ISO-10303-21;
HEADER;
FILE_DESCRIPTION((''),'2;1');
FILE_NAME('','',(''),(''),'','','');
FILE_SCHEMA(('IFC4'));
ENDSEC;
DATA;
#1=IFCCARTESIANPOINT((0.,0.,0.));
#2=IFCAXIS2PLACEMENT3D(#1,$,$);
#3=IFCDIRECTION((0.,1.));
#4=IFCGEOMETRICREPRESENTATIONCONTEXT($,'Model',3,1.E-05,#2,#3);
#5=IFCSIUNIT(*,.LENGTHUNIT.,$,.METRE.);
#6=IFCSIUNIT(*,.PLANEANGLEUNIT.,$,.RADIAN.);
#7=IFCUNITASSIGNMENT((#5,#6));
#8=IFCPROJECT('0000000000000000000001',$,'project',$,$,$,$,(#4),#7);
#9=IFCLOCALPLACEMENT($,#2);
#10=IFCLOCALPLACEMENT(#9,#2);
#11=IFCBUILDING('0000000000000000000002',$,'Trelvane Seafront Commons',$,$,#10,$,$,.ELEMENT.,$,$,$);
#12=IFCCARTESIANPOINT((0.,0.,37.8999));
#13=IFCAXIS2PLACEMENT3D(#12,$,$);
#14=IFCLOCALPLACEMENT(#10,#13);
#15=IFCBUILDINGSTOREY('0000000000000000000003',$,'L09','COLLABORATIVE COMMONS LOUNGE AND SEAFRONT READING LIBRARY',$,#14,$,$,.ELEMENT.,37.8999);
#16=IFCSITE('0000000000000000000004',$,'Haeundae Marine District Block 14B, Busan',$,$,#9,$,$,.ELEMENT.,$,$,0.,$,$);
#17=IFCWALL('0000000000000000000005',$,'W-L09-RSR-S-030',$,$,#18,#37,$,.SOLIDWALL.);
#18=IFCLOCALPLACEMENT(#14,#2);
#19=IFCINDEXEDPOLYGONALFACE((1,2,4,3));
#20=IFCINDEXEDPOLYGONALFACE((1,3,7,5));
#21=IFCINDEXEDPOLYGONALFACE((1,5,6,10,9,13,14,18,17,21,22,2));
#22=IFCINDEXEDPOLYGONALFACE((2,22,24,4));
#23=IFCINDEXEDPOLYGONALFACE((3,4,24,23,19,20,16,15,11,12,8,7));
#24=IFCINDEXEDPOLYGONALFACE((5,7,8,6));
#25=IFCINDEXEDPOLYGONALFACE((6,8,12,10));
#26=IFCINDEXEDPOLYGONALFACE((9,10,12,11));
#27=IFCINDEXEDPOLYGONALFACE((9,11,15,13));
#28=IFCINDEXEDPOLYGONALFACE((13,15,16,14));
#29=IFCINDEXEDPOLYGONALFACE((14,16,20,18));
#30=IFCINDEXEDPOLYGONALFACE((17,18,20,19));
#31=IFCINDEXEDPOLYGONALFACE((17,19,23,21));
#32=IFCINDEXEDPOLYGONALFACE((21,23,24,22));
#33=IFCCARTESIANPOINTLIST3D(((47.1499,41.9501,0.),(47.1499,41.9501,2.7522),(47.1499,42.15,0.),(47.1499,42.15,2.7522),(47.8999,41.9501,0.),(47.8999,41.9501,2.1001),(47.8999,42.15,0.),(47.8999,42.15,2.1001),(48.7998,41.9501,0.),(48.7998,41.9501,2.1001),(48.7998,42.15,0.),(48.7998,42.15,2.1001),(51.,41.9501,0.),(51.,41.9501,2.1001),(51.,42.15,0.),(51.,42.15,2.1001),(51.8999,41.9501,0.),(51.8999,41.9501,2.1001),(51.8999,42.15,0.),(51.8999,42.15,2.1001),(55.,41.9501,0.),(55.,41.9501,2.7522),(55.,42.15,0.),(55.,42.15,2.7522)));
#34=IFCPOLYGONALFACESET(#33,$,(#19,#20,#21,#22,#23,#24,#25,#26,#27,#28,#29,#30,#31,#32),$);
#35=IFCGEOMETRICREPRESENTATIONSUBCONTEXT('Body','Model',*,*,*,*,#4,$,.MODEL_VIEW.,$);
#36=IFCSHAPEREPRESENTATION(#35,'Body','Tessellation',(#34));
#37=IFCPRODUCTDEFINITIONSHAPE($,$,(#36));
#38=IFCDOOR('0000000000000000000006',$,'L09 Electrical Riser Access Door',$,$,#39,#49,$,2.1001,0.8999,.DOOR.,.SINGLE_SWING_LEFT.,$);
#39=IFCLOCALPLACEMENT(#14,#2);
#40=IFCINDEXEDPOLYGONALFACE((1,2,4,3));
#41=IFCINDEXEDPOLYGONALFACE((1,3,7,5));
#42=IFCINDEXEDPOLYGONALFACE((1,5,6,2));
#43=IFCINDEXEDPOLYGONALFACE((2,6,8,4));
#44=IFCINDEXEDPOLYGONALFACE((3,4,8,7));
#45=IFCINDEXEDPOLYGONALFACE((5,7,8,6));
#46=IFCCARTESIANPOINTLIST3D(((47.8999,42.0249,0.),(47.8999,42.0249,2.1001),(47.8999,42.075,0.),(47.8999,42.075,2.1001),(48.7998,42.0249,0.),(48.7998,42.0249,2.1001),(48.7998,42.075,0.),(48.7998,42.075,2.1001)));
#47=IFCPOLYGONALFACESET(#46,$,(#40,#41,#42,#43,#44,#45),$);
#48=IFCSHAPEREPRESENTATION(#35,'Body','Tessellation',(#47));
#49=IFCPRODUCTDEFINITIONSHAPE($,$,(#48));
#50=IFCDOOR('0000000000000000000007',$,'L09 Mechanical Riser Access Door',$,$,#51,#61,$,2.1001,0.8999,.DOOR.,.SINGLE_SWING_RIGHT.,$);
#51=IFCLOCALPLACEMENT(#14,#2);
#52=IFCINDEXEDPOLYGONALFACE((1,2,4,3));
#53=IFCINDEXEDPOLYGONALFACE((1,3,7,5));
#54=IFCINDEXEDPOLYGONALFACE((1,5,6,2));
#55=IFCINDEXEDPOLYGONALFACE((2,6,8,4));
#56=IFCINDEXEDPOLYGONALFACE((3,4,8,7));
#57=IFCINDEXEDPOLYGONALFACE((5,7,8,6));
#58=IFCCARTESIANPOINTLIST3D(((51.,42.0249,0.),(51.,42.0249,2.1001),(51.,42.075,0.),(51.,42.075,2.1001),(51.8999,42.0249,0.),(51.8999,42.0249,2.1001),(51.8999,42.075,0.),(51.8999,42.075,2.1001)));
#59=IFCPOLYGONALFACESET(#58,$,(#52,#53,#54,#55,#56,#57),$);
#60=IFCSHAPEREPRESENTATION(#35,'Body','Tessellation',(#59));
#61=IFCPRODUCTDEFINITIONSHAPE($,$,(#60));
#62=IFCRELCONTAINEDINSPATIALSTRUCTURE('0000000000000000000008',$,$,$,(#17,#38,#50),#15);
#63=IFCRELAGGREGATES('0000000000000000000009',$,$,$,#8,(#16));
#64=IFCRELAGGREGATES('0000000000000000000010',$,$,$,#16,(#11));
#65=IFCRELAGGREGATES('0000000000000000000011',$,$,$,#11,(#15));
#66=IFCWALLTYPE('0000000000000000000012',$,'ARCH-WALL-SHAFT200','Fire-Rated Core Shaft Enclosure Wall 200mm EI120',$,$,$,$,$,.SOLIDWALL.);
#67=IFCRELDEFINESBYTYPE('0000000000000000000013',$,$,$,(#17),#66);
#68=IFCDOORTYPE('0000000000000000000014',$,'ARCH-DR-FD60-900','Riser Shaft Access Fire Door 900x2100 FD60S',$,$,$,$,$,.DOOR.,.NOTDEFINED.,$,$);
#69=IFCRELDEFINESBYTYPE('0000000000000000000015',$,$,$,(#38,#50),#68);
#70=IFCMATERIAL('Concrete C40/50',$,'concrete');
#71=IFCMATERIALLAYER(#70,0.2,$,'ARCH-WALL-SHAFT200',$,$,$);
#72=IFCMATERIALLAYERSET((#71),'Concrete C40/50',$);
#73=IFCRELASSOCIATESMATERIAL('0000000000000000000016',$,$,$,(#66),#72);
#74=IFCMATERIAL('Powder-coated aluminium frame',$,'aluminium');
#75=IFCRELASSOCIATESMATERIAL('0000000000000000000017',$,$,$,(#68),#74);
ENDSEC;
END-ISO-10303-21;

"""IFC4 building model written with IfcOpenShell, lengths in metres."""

from ifc_helpers import new_model, si_unit, direction, frame, frame_2d, origin, place, context, subcontext, project, spatial, rectangle, extrude, source, transform, mapped, material, layer, layer_set, type_object, element, fill, save


model = new_model("IFC4")

# Units and contexts
model_context = context("Model", 3, precision=1e-05, world=origin(), true_north=direction((0.0, 1.0)))
body_context = subcontext(model_context, "Body", "Model", "MODEL_VIEW")
ifc_project = project(units=[si_unit("LENGTHUNIT", "METRE"), si_unit("PLANEANGLEUNIT", "RADIAN")], contexts=[model_context])

# Site, building, storey
site_placement = place(None, origin())
site = spatial("IfcSite", under=ifc_project, at=site_placement, Name="Haeundae Marine District Block 14B, Busan", CompositionType="ELEMENT", RefElevation=0.0)
building_placement = place(site_placement, origin())
building = spatial("IfcBuilding", under=site, at=building_placement, Name="Trelvane Seafront Commons", CompositionType="ELEMENT")
storey_placement = place(building_placement, frame((0.0, 0.0, 37.8999)))
storey = spatial("IfcBuildingStorey", under=building, at=storey_placement, Name="L09", Description="COLLABORATIVE COMMONS LOUNGE AND SEAFRONT READING LIBRARY", CompositionType="ELEMENT", Elevation=37.8999)

# Wall, openings, doors
ifc_material_1 = material(Name="Concrete C40/50", Category="concrete")
ifc_layer_1 = layer(ifc_material_1, 0.2, Name="ARCH-WALL-SHAFT200")
ifc_layer_set_1 = layer_set([ifc_layer_1], Name="Concrete C40/50")
wall_type_1 = type_object("IfcWallType", Name="ARCH-WALL-SHAFT200", Description="Fire-Rated Core Shaft Enclosure Wall 200mm EI120", PredefinedType="SOLIDWALL", material=ifc_layer_set_1)
wall_1_placement = place(storey_placement, frame((47.1499, 42.05, 0.0), z_axis=(0.0, 0.0, 1.0), x_axis=(1.0, 0.0, 0.0)))
wall_1 = element("IfcWall", 1, at=wall_1_placement, inside=storey, type_object=wall_type_1, Name="W-L09-RSR-S-030", PredefinedType="SOLIDWALL", context=body_context, shape_type="SweptSolid", body=[
    extrude(rectangle(XDim=7.8501, YDim=0.2, at=frame_2d((3.925, 0.0))), origin(), (0.0, 0.0, 1.0), 2.7522),
])
opening_1_placement = place(wall_1_placement, frame((0.75, 0.0, 0.0)))
opening_1 = element("IfcOpeningElement", 2, at=opening_1_placement, cuts=wall_1, PredefinedType="OPENING", context=body_context, shape_type="SweptSolid", body=[
    extrude(rectangle(XDim=0.8999, YDim=2.1001, at=frame_2d((0.45, 1.05))), frame((0.0, 0.1099, 0.0), z_axis=(0.0, -1.0, 0.0), x_axis=(1.0, 0.0, 0.0)), (0.0, 0.0, 1.0), 0.22),
])
opening_2_placement = place(wall_1_placement, frame((3.8501, 0.0, 0.0)))
opening_2 = element("IfcOpeningElement", 3, at=opening_2_placement, cuts=wall_1, PredefinedType="OPENING", context=body_context, shape_type="SweptSolid", body=[
    extrude(rectangle(XDim=0.8999, YDim=2.1001, at=frame_2d((0.45, 1.05))), frame((0.0, 0.1099, 0.0), z_axis=(0.0, -1.0, 0.0), x_axis=(1.0, 0.0, 0.0)), (0.0, 0.0, 1.0), 0.22),
])
ifc_material_2 = material(Name="Powder-coated aluminium frame", Category="aluminium")
door_type = type_object("IfcDoorType", Name="ARCH-DR-FD60-900", Description="Riser Shaft Access Fire Door 900x2100 FD60S", OperationType="NOTDEFINED", PredefinedType="DOOR", material=ifc_material_2)
shared_shape_1 = source(origin(), body_context, "Body", "SweptSolid", [
    extrude(rectangle(XDim=0.8999, YDim=2.1001, at=frame_2d((0.45, 1.05))), frame((0.0, 0.0249, 0.0), z_axis=(0.0, -1.0, 0.0), x_axis=(1.0, 0.0, 0.0)), (0.0, 0.0, 1.0), 0.05),
])
door_1_placement = place(opening_1_placement, origin())
door_1 = element("IfcDoor", 4, at=door_1_placement, inside=storey, type_object=door_type, Name="L09 Electrical Riser Access Door", OperationType="SINGLE_SWING_LEFT", OverallHeight=2.1001, OverallWidth=0.8999, PredefinedType="DOOR", context=body_context, shape_type="MappedRepresentation", body=[
    mapped(shared_shape_1, transform((0.0, 0.0, 0.0), x_axis=(1.0, 0.0, 0.0), y_axis=(0.0, 1.0, 0.0), z_axis=(0.0, 0.0, 1.0), scale=1.0)),
])
fill(opening_1, door_1)
door_2_placement = place(opening_2_placement, origin())
door_2 = element("IfcDoor", 5, at=door_2_placement, inside=storey, type_object=door_type, Name="L09 Mechanical Riser Access Door", OperationType="SINGLE_SWING_RIGHT", OverallHeight=2.1001, OverallWidth=0.8999, PredefinedType="DOOR", context=body_context, shape_type="MappedRepresentation", body=[
    mapped(shared_shape_1, transform((0.0, 0.0, 0.0), x_axis=(1.0, 0.0, 0.0), y_axis=(0.0, 1.0, 0.0), z_axis=(0.0, 0.0, 1.0), scale=1.0)),
])
fill(opening_2, door_2)

save(model, "model.ifc")
